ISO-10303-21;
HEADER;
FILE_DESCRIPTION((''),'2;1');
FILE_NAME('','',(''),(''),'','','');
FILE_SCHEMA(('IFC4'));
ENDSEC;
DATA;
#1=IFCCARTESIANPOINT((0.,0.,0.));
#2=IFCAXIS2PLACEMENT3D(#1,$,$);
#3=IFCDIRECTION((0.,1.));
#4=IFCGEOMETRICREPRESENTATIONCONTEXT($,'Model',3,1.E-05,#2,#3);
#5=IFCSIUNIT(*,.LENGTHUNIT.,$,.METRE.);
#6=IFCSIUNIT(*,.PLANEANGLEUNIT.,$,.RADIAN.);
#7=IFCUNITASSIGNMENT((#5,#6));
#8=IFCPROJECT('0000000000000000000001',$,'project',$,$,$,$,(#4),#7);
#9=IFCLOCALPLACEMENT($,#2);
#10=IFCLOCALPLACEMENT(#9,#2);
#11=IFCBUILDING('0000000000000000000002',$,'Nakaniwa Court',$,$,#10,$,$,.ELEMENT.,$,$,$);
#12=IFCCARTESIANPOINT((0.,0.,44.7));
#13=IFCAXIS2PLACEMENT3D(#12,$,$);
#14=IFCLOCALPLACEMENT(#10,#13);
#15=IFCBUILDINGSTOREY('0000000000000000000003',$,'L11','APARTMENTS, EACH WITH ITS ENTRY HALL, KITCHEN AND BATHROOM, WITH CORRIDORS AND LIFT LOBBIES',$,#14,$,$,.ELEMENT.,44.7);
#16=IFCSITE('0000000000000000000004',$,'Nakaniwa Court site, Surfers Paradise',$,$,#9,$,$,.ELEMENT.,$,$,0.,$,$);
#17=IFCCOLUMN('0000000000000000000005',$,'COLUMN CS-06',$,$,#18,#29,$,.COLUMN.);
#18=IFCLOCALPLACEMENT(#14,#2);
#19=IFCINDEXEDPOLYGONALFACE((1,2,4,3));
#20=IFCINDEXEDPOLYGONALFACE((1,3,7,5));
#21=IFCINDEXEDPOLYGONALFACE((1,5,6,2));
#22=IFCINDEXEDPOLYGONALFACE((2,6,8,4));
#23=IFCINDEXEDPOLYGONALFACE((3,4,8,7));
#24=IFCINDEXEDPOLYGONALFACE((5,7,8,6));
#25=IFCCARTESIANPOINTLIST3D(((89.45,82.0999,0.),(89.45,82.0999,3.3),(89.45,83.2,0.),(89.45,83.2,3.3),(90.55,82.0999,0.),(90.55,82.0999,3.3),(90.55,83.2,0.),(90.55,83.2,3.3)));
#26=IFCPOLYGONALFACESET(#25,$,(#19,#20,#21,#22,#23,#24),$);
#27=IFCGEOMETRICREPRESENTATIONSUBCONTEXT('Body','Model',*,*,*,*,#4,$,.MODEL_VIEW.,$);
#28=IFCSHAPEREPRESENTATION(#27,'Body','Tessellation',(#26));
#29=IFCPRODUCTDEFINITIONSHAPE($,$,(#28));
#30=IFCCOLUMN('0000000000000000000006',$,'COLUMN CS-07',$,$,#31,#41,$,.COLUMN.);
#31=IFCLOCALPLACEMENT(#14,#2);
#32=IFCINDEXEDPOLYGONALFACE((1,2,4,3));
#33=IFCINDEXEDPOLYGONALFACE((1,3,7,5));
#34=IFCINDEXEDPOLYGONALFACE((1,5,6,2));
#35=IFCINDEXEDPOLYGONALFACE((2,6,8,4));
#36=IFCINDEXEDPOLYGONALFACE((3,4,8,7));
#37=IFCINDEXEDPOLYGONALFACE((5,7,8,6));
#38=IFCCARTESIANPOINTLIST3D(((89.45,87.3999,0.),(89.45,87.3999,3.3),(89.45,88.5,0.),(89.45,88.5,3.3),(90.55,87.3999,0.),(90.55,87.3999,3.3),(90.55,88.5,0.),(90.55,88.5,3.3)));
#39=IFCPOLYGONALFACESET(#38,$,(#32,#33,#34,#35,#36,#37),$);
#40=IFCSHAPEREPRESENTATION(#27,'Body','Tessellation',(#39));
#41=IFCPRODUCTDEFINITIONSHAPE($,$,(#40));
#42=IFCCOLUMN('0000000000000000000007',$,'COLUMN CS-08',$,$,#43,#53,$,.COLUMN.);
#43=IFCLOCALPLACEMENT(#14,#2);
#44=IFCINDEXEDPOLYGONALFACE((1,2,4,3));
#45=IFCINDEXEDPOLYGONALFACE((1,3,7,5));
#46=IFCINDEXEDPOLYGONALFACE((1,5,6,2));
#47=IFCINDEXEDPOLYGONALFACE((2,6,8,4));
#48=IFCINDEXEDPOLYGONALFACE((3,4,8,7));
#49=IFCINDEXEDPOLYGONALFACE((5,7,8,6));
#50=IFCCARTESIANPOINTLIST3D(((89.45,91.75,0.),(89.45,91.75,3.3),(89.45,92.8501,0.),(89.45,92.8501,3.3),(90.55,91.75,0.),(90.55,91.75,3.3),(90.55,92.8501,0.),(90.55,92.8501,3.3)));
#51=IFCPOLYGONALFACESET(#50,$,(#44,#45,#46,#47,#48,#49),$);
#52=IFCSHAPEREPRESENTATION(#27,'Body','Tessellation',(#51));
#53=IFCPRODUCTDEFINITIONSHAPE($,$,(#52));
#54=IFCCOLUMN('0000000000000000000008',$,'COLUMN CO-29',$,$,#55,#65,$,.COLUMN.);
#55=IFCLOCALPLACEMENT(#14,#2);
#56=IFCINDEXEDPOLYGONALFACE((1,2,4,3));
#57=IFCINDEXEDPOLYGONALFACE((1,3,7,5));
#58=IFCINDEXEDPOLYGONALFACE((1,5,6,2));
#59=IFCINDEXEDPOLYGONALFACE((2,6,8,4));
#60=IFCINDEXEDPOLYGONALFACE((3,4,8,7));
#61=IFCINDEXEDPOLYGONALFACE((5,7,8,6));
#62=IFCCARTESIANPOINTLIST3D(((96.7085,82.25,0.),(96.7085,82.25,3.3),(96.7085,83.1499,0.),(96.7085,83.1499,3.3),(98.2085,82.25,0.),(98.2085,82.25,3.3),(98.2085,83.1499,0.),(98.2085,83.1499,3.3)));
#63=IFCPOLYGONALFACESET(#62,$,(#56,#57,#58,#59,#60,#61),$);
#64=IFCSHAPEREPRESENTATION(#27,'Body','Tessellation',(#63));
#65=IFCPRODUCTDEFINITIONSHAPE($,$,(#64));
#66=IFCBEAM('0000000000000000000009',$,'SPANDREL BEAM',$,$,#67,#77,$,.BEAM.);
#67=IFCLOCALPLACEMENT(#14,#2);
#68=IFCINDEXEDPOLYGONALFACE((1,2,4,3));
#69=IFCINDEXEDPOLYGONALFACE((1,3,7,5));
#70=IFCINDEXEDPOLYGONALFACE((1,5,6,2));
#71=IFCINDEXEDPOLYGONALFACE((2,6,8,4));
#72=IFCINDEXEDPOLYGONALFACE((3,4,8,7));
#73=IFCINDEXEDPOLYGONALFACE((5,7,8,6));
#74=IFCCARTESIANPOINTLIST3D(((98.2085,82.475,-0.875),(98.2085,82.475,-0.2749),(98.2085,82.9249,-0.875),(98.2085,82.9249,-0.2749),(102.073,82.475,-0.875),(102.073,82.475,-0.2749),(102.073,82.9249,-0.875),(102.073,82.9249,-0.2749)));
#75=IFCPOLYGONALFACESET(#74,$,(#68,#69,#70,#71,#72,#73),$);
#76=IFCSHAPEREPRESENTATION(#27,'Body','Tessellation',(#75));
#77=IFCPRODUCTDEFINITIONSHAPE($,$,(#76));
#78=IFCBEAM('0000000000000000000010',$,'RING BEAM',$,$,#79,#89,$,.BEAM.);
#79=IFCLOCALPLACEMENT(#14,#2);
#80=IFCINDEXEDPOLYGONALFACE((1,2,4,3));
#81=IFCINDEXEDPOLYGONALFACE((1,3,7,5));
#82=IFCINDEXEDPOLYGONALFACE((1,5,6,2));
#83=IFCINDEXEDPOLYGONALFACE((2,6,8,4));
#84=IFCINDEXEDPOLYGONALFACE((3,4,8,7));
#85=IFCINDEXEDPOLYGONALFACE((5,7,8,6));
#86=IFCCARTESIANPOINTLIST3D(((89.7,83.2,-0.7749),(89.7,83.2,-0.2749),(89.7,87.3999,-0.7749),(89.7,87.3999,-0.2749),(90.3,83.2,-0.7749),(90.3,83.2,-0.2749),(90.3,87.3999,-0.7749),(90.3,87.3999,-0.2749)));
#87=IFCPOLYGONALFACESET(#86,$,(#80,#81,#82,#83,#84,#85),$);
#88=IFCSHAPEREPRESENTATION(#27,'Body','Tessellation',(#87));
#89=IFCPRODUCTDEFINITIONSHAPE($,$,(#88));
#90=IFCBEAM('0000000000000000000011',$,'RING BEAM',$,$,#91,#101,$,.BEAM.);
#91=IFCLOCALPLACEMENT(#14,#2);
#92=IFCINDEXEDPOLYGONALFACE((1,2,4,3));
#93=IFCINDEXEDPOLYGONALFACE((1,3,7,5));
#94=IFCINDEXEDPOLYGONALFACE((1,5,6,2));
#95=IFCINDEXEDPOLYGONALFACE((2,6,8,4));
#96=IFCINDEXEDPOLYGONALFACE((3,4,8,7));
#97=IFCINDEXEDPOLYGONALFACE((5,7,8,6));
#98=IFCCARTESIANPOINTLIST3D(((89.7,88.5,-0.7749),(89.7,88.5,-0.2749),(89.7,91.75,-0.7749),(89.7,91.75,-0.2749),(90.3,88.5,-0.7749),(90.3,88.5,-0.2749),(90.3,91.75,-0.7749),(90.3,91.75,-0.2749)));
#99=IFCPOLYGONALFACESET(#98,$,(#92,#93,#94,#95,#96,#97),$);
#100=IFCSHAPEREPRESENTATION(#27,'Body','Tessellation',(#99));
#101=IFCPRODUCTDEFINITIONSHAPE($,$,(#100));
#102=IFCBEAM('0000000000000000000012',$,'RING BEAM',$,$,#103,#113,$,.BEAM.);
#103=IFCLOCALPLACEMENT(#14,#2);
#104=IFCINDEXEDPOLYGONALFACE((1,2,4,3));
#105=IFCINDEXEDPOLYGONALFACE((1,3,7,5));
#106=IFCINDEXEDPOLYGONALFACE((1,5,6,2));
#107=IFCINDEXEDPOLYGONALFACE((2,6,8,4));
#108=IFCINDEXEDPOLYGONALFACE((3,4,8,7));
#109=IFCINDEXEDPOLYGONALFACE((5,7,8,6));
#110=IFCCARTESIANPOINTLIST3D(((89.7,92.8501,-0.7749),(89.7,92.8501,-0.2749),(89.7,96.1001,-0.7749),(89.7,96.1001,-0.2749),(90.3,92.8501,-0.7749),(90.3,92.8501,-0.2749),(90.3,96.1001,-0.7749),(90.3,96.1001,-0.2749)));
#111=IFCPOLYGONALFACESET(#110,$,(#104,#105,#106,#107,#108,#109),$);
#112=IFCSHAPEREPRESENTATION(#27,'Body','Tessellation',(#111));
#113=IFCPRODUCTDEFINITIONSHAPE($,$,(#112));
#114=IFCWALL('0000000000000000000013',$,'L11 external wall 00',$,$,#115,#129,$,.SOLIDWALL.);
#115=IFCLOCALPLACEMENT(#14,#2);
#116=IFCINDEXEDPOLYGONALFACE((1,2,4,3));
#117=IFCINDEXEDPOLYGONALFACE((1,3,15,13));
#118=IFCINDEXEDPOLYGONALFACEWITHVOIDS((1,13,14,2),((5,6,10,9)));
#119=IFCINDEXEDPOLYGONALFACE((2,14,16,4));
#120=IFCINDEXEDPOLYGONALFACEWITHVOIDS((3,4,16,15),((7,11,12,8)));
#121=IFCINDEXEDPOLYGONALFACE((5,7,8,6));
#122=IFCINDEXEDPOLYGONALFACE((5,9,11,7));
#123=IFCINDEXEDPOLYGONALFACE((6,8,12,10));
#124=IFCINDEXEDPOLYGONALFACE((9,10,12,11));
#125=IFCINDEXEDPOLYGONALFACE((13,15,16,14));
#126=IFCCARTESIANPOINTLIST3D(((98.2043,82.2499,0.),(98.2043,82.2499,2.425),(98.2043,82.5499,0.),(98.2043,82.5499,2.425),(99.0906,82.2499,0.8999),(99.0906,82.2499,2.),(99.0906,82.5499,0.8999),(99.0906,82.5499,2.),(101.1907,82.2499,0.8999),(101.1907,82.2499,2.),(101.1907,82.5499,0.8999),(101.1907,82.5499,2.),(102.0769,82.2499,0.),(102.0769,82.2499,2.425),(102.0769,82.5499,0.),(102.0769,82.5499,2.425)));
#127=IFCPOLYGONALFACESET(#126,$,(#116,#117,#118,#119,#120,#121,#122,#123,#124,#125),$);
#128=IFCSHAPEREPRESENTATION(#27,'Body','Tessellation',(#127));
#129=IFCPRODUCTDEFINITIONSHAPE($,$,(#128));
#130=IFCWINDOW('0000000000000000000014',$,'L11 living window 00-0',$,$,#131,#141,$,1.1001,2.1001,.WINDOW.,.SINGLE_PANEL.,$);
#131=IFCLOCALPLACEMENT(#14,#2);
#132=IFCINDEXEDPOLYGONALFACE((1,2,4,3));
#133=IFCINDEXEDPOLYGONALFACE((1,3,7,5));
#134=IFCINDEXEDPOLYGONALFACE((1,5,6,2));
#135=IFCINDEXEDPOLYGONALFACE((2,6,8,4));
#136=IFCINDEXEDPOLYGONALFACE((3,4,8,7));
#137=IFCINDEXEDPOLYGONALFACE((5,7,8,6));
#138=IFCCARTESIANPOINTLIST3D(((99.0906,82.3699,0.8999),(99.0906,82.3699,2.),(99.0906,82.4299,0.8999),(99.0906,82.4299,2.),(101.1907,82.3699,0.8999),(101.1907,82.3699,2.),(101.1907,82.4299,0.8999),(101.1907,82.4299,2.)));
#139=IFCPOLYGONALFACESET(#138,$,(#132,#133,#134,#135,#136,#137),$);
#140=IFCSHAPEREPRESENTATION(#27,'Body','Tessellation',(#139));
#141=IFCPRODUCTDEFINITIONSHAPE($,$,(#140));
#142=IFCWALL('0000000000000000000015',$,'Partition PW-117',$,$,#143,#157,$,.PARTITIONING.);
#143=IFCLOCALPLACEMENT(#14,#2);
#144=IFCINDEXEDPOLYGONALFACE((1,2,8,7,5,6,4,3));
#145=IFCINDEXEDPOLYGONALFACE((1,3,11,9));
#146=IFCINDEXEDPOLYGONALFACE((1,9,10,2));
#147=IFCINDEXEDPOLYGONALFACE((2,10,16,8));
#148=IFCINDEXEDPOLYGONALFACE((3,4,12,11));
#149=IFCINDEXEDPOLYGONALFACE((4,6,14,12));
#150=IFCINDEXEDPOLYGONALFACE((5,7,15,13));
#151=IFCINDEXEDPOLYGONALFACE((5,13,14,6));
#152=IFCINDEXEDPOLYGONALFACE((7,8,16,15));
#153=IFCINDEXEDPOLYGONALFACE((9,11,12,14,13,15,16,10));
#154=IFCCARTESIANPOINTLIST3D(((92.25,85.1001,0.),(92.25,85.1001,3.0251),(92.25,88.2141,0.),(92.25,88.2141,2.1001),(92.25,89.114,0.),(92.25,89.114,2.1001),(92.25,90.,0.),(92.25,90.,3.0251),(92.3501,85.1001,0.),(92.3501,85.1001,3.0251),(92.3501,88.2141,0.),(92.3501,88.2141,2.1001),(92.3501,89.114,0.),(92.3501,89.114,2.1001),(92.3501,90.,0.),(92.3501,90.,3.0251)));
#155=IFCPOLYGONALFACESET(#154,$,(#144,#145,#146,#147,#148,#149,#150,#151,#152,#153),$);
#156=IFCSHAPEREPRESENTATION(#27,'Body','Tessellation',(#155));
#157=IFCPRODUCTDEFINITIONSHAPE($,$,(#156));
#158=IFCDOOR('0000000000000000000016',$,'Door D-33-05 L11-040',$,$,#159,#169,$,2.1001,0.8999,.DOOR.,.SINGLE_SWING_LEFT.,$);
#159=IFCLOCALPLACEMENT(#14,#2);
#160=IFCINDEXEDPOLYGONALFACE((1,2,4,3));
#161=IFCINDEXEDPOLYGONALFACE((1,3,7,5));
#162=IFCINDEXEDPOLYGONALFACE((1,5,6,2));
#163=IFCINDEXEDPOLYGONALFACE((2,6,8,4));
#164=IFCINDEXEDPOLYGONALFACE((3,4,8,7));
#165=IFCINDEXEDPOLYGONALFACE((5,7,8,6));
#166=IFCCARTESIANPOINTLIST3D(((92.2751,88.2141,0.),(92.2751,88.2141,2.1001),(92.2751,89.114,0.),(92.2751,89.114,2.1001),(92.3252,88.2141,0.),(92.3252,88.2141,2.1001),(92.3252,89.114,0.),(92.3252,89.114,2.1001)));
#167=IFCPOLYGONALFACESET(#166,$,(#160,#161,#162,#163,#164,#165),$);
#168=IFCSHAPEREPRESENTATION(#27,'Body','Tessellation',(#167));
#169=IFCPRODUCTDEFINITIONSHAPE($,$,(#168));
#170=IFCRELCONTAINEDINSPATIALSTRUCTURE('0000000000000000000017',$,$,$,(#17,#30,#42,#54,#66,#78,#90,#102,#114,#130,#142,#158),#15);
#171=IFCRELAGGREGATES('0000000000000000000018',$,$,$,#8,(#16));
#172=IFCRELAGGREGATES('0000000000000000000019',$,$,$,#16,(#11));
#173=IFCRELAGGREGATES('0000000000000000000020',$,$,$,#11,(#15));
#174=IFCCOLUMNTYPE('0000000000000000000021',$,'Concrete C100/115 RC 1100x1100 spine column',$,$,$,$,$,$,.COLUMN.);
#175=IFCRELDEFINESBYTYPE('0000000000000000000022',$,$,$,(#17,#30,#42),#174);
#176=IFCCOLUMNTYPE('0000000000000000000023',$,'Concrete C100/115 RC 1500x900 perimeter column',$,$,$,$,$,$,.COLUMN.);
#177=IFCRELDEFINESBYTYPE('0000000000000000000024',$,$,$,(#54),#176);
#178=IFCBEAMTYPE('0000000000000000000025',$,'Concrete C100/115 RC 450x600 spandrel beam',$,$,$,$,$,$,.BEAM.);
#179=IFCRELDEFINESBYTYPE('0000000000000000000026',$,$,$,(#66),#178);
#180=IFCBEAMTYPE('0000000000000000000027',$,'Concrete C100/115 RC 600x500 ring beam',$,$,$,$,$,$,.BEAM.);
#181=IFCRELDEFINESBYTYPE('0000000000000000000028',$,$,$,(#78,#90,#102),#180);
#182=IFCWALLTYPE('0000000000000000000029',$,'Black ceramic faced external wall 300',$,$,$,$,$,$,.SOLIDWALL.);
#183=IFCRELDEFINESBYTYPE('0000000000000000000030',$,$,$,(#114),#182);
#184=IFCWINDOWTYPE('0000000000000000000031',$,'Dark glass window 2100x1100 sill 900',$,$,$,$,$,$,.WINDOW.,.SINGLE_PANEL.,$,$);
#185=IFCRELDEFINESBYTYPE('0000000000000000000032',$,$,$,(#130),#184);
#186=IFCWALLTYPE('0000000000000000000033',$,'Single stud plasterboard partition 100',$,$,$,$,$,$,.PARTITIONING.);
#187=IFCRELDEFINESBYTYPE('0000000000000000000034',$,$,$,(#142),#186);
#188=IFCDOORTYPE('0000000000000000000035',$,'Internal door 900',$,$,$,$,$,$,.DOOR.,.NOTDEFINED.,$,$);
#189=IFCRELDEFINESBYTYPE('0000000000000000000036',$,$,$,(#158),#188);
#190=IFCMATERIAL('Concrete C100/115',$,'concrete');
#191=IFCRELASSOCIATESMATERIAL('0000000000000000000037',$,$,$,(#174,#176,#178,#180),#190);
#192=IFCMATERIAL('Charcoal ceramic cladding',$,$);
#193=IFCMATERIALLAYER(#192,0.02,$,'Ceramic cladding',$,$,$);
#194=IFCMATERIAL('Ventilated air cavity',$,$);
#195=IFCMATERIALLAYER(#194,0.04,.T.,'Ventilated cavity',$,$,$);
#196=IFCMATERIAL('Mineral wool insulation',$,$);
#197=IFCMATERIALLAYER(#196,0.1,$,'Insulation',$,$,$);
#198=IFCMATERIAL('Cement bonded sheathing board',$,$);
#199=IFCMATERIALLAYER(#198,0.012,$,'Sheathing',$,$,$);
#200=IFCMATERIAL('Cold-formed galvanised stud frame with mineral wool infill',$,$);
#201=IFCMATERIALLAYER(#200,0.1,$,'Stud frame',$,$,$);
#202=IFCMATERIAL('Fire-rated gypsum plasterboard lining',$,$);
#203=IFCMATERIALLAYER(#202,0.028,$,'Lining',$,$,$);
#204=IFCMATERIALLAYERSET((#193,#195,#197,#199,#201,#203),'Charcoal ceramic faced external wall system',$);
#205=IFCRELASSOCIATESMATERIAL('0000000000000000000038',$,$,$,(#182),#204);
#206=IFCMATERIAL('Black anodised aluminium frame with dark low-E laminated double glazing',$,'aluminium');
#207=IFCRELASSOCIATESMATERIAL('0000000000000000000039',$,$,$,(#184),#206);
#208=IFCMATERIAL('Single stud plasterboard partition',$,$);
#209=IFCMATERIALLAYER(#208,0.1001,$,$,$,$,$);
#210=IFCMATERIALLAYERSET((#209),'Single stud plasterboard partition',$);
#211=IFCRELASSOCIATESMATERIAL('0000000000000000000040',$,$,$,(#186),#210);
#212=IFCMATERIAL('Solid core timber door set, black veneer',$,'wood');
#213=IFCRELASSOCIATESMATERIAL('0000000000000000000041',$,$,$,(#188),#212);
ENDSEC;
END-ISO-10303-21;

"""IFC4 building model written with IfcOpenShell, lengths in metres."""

from ifc_helpers import new_model, si_unit, direction, frame, frame_2d, origin, origin_2d, place, context, subcontext, project, spatial, rectangle, extrude, material, layer, layer_set, material_profile, profile_set, type_object, element, fill, save


model = new_model("IFC4")

# Units and contexts
model_context = context("Model", 3, precision=1e-05, world=origin(), true_north=direction((0.0, 1.0)))
body_context = subcontext(model_context, "Body", "Model", "MODEL_VIEW")
ifc_project = project(units=[si_unit("LENGTHUNIT", "METRE"), si_unit("PLANEANGLEUNIT", "RADIAN")], contexts=[model_context])

# Site, building, storey
site_placement = place(None, origin())
site = spatial("IfcSite", under=ifc_project, at=site_placement, Name="Nakaniwa Court site, Surfers Paradise", CompositionType="ELEMENT", RefElevation=0.0)
building_placement = place(site_placement, origin())
building = spatial("IfcBuilding", under=site, at=building_placement, Name="Nakaniwa Court", CompositionType="ELEMENT")
storey_placement = place(building_placement, frame((0.0, 0.0, 44.7)))
storey = spatial("IfcBuildingStorey", under=building, at=storey_placement, Name="L11", Description="APARTMENTS, EACH WITH ITS ENTRY HALL, KITCHEN AND BATHROOM, WITH CORRIDORS AND LIFT LOBBIES", CompositionType="ELEMENT", Elevation=44.7)

# Columns
ifc_material_1 = material(Name="Concrete C100/115", Category="concrete")
ifc_material_profile_1 = material_profile(ifc_material_1, rectangle(XDim=1.1001, YDim=1.1001, at=origin_2d()), Name="Concrete C100/115 RC 1100x1100 spine column")
ifc_profile_set_1 = profile_set([ifc_material_profile_1], Name="Concrete C100/115")
column_type_1 = type_object("IfcColumnType", Name="Concrete C100/115 RC 1100x1100 spine column", PredefinedType="COLUMN", material=ifc_profile_set_1)
for number, where, z_axis, x_axis, name in (
    (1, (90.0, 82.6499, 0.0), (0.0, 0.0, 1.0), (0.0, 1.0, 0.0), "COLUMN CS-06"),
    (2, (90.0, 87.95, 0.0), (0.0, 0.0, 1.0), (0.0, 1.0, 0.0), "COLUMN CS-07"),
    (3, (90.0, 92.3, 0.0), (0.0, 0.0, 1.0), (0.0, 1.0, 0.0), "COLUMN CS-08"),
):
    element("IfcColumn", number, at=place(storey_placement, frame(where, z_axis=z_axis, x_axis=x_axis)), inside=storey, type_object=column_type_1, Name=name, PredefinedType="COLUMN", context=body_context, shape_type="SweptSolid", body=[
        extrude(rectangle(XDim=1.1001, YDim=1.1001, at=origin_2d()), origin(), (0.0, 0.0, 1.0), 3.3),
    ])
ifc_material_profile_2 = material_profile(ifc_material_1, rectangle(XDim=1.5, YDim=0.8999, at=origin_2d()), Name="Concrete C100/115 RC 1500x900 perimeter column")
ifc_profile_set_2 = profile_set([ifc_material_profile_2], Name="Concrete C100/115")
column_type_2 = type_object("IfcColumnType", Name="Concrete C100/115 RC 1500x900 perimeter column", PredefinedType="COLUMN", material=ifc_profile_set_2)
column_placement = place(storey_placement, frame((97.4585, 82.7, 0.0), z_axis=(0.0, 0.0, 1.0), x_axis=(1.0, 0.0, 0.0)))
element("IfcColumn", 4, at=column_placement, inside=storey, type_object=column_type_2, Name="COLUMN CO-29", PredefinedType="COLUMN", context=body_context, shape_type="SweptSolid", body=[
    extrude(rectangle(XDim=1.5, YDim=0.8999, at=origin_2d()), origin(), (0.0, 0.0, 1.0), 3.3),
])

# Beams
ifc_material_profile_3 = material_profile(ifc_material_1, rectangle(XDim=0.45, YDim=0.6001, at=origin_2d()), Name="Concrete C100/115 RC 450x600 spandrel beam")
ifc_profile_set_3 = profile_set([ifc_material_profile_3], Name="Concrete C100/115")
beam_type_1 = type_object("IfcBeamType", Name="Concrete C100/115 RC 450x600 spandrel beam", PredefinedType="BEAM", material=ifc_profile_set_3)
beam_1_placement = place(storey_placement, frame((98.2085, 82.7, -0.575), z_axis=(1.0, 0.0, 0.0), x_axis=(0.0, 1.0, 0.0)))
element("IfcBeam", 5, at=beam_1_placement, inside=storey, type_object=beam_type_1, Name="SPANDREL BEAM", PredefinedType="BEAM", context=body_context, shape_type="SweptSolid", body=[
    extrude(rectangle(XDim=0.45, YDim=0.6001, at=origin_2d()), origin(), (0.0, 0.0, 1.0), 3.8645),
])
ifc_material_profile_4 = material_profile(ifc_material_1, rectangle(XDim=0.6001, YDim=0.5, at=origin_2d()), Name="Concrete C100/115 RC 600x500 ring beam")
ifc_profile_set_4 = profile_set([ifc_material_profile_4], Name="Concrete C100/115")
beam_type_2 = type_object("IfcBeamType", Name="Concrete C100/115 RC 600x500 ring beam", PredefinedType="BEAM", material=ifc_profile_set_4)
beam_2_placement = place(storey_placement, frame((90.0, 83.2, -0.5249), z_axis=(0.0, 1.0, 0.0), x_axis=(-1.0, 0.0, 0.0)))
element("IfcBeam", 6, at=beam_2_placement, inside=storey, type_object=beam_type_2, Name="RING BEAM", PredefinedType="BEAM", context=body_context, shape_type="SweptSolid", body=[
    extrude(rectangle(XDim=0.6001, YDim=0.5, at=origin_2d()), origin(), (0.0, 0.0, 1.0), 4.2),
])
for number, where, z_axis, x_axis, name in (
    (7, (90.0, 88.5, -0.5249), (0.0, 1.0, 0.0), (-1.0, 0.0, 0.0), "RING BEAM"),
    (8, (90.0, 92.8501, -0.5249), (0.0, 1.0, 0.0), (-1.0, 0.0, 0.0), "RING BEAM"),
):
    element("IfcBeam", number, at=place(storey_placement, frame(where, z_axis=z_axis, x_axis=x_axis)), inside=storey, type_object=beam_type_2, Name=name, PredefinedType="BEAM", context=body_context, shape_type="SweptSolid", body=[
        extrude(rectangle(XDim=0.6001, YDim=0.5, at=origin_2d()), origin(), (0.0, 0.0, 1.0), 3.25),
    ])

# Wall, opening, window
ifc_material_2 = material(Name="Charcoal ceramic cladding")
ifc_layer_1 = layer(ifc_material_2, 0.02, Name="Ceramic cladding")
ifc_material_3 = material(Name="Ventilated air cavity")
ifc_layer_2 = layer(ifc_material_3, 0.04, ventilated=True, Name="Ventilated cavity")
ifc_material_4 = material(Name="Mineral wool insulation")
ifc_layer_3 = layer(ifc_material_4, 0.1, Name="Insulation")
ifc_material_5 = material(Name="Cement bonded sheathing board")
ifc_layer_4 = layer(ifc_material_5, 0.012, Name="Sheathing")
ifc_material_6 = material(Name="Cold-formed galvanised stud frame with mineral wool infill")
ifc_layer_5 = layer(ifc_material_6, 0.1, Name="Stud frame")
ifc_material_7 = material(Name="Fire-rated gypsum plasterboard lining")
ifc_layer_6 = layer(ifc_material_7, 0.028, Name="Lining")
ifc_layer_set_1 = layer_set([ifc_layer_1, ifc_layer_2, ifc_layer_3, ifc_layer_4, ifc_layer_5, ifc_layer_6], Name="Charcoal ceramic faced external wall system")
wall_type_1 = type_object("IfcWallType", Name="Black ceramic faced external wall 300", PredefinedType="SOLIDWALL", material=ifc_layer_set_1)
wall_1_placement = place(storey_placement, frame((98.2043, 82.3999, 0.0), z_axis=(0.0, 0.0, 1.0), x_axis=(1.0, 0.0, 0.0)))
wall_1 = element("IfcWall", 9, at=wall_1_placement, inside=storey, type_object=wall_type_1, Name="L11 external wall 00", PredefinedType="SOLIDWALL", context=body_context, shape_type="SweptSolid", body=[
    extrude(rectangle(XDim=3.8726, YDim=0.3, at=frame_2d((1.9363, 0.0))), origin(), (0.0, 0.0, 1.0), 2.425),
])
opening_1_placement = place(wall_1_placement, frame((0.8862, 0.0, 0.8999)))
opening_1 = element("IfcOpeningElement", 10, at=opening_1_placement, cuts=wall_1, PredefinedType="OPENING", context=body_context, shape_type="SweptSolid", body=[
    extrude(rectangle(XDim=2.1001, YDim=1.1001, at=frame_2d((1.05, 0.55))), frame((0.0, 0.1599, 0.0), z_axis=(0.0, -1.0, 0.0), x_axis=(1.0, 0.0, 0.0)), (0.0, 0.0, 1.0), 0.3201),
])
ifc_material_8 = material(Name="Black anodised aluminium frame with dark low-E laminated double glazing", Category="aluminium")
window_type = type_object("IfcWindowType", Name="Dark glass window 2100x1100 sill 900", PartitioningType="SINGLE_PANEL", PredefinedType="WINDOW", material=ifc_material_8)
window_placement = place(opening_1_placement, origin())
window = element("IfcWindow", 11, at=window_placement, inside=storey, type_object=window_type, Name="L11 living window 00-0", OverallHeight=1.1001, OverallWidth=2.1001, PartitioningType="SINGLE_PANEL", PredefinedType="WINDOW", context=body_context, shape_type="SweptSolid", body=[
    extrude(rectangle(XDim=2.1001, YDim=1.1001, at=frame_2d((1.05, 0.55))), frame((0.0, 0.03, 0.0), z_axis=(0.0, -1.0, 0.0), x_axis=(1.0, 0.0, 0.0)), (0.0, 0.0, 1.0), 0.0601),
])
fill(opening_1, window)

# Wall, opening, door
ifc_material_9 = material(Name="Single stud plasterboard partition")
ifc_layer_7 = layer(ifc_material_9, 0.1001)
ifc_layer_set_2 = layer_set([ifc_layer_7], Name="Single stud plasterboard partition")
wall_type_2 = type_object("IfcWallType", Name="Single stud plasterboard partition 100", PredefinedType="PARTITIONING", material=ifc_layer_set_2)
wall_2_placement = place(storey_placement, frame((92.3, 85.1001, 0.0), z_axis=(0.0, 0.0, 1.0), x_axis=(0.0, 1.0, 0.0)))
wall_2 = element("IfcWall", 12, at=wall_2_placement, inside=storey, type_object=wall_type_2, Name="Partition PW-117", PredefinedType="PARTITIONING", context=body_context, shape_type="SweptSolid", body=[
    extrude(rectangle(XDim=4.8999, YDim=0.1001, at=frame_2d((2.45, 0.0))), origin(), (0.0, 0.0, 1.0), 3.0251),
])
opening_2_placement = place(wall_2_placement, frame((3.114, 0.0, 0.0)))
opening_2 = element("IfcOpeningElement", 13, at=opening_2_placement, cuts=wall_2, PredefinedType="OPENING", context=body_context, shape_type="SweptSolid", body=[
    extrude(rectangle(XDim=0.8999, YDim=2.1001, at=frame_2d((0.45, 1.05))), frame((0.0, 0.0601, 0.0), z_axis=(0.0, -1.0, 0.0), x_axis=(1.0, 0.0, 0.0)), (0.0, 0.0, 1.0), 0.1201),
])
ifc_material_10 = material(Name="Solid core timber door set, black veneer", Category="wood")
door_type = type_object("IfcDoorType", Name="Internal door 900", OperationType="NOTDEFINED", PredefinedType="DOOR", material=ifc_material_10)
door_1_placement = place(opening_2_placement, origin())
door_1 = element("IfcDoor", 14, at=door_1_placement, inside=storey, type_object=door_type, Name="Door D-33-05 L11-040", OperationType="SINGLE_SWING_LEFT", OverallHeight=2.1001, OverallWidth=0.8999, PredefinedType="DOOR", context=body_context, shape_type="SweptSolid", body=[
    extrude(rectangle(XDim=0.8999, YDim=2.1001, at=frame_2d((0.45, 1.05))), frame((0.0, 0.0249, 0.0), z_axis=(0.0, -1.0, 0.0), x_axis=(1.0, 0.0, 0.0)), (0.0, 0.0, 1.0), 0.05),
])
fill(opening_2, door_1)

save(model, "model.ifc")
